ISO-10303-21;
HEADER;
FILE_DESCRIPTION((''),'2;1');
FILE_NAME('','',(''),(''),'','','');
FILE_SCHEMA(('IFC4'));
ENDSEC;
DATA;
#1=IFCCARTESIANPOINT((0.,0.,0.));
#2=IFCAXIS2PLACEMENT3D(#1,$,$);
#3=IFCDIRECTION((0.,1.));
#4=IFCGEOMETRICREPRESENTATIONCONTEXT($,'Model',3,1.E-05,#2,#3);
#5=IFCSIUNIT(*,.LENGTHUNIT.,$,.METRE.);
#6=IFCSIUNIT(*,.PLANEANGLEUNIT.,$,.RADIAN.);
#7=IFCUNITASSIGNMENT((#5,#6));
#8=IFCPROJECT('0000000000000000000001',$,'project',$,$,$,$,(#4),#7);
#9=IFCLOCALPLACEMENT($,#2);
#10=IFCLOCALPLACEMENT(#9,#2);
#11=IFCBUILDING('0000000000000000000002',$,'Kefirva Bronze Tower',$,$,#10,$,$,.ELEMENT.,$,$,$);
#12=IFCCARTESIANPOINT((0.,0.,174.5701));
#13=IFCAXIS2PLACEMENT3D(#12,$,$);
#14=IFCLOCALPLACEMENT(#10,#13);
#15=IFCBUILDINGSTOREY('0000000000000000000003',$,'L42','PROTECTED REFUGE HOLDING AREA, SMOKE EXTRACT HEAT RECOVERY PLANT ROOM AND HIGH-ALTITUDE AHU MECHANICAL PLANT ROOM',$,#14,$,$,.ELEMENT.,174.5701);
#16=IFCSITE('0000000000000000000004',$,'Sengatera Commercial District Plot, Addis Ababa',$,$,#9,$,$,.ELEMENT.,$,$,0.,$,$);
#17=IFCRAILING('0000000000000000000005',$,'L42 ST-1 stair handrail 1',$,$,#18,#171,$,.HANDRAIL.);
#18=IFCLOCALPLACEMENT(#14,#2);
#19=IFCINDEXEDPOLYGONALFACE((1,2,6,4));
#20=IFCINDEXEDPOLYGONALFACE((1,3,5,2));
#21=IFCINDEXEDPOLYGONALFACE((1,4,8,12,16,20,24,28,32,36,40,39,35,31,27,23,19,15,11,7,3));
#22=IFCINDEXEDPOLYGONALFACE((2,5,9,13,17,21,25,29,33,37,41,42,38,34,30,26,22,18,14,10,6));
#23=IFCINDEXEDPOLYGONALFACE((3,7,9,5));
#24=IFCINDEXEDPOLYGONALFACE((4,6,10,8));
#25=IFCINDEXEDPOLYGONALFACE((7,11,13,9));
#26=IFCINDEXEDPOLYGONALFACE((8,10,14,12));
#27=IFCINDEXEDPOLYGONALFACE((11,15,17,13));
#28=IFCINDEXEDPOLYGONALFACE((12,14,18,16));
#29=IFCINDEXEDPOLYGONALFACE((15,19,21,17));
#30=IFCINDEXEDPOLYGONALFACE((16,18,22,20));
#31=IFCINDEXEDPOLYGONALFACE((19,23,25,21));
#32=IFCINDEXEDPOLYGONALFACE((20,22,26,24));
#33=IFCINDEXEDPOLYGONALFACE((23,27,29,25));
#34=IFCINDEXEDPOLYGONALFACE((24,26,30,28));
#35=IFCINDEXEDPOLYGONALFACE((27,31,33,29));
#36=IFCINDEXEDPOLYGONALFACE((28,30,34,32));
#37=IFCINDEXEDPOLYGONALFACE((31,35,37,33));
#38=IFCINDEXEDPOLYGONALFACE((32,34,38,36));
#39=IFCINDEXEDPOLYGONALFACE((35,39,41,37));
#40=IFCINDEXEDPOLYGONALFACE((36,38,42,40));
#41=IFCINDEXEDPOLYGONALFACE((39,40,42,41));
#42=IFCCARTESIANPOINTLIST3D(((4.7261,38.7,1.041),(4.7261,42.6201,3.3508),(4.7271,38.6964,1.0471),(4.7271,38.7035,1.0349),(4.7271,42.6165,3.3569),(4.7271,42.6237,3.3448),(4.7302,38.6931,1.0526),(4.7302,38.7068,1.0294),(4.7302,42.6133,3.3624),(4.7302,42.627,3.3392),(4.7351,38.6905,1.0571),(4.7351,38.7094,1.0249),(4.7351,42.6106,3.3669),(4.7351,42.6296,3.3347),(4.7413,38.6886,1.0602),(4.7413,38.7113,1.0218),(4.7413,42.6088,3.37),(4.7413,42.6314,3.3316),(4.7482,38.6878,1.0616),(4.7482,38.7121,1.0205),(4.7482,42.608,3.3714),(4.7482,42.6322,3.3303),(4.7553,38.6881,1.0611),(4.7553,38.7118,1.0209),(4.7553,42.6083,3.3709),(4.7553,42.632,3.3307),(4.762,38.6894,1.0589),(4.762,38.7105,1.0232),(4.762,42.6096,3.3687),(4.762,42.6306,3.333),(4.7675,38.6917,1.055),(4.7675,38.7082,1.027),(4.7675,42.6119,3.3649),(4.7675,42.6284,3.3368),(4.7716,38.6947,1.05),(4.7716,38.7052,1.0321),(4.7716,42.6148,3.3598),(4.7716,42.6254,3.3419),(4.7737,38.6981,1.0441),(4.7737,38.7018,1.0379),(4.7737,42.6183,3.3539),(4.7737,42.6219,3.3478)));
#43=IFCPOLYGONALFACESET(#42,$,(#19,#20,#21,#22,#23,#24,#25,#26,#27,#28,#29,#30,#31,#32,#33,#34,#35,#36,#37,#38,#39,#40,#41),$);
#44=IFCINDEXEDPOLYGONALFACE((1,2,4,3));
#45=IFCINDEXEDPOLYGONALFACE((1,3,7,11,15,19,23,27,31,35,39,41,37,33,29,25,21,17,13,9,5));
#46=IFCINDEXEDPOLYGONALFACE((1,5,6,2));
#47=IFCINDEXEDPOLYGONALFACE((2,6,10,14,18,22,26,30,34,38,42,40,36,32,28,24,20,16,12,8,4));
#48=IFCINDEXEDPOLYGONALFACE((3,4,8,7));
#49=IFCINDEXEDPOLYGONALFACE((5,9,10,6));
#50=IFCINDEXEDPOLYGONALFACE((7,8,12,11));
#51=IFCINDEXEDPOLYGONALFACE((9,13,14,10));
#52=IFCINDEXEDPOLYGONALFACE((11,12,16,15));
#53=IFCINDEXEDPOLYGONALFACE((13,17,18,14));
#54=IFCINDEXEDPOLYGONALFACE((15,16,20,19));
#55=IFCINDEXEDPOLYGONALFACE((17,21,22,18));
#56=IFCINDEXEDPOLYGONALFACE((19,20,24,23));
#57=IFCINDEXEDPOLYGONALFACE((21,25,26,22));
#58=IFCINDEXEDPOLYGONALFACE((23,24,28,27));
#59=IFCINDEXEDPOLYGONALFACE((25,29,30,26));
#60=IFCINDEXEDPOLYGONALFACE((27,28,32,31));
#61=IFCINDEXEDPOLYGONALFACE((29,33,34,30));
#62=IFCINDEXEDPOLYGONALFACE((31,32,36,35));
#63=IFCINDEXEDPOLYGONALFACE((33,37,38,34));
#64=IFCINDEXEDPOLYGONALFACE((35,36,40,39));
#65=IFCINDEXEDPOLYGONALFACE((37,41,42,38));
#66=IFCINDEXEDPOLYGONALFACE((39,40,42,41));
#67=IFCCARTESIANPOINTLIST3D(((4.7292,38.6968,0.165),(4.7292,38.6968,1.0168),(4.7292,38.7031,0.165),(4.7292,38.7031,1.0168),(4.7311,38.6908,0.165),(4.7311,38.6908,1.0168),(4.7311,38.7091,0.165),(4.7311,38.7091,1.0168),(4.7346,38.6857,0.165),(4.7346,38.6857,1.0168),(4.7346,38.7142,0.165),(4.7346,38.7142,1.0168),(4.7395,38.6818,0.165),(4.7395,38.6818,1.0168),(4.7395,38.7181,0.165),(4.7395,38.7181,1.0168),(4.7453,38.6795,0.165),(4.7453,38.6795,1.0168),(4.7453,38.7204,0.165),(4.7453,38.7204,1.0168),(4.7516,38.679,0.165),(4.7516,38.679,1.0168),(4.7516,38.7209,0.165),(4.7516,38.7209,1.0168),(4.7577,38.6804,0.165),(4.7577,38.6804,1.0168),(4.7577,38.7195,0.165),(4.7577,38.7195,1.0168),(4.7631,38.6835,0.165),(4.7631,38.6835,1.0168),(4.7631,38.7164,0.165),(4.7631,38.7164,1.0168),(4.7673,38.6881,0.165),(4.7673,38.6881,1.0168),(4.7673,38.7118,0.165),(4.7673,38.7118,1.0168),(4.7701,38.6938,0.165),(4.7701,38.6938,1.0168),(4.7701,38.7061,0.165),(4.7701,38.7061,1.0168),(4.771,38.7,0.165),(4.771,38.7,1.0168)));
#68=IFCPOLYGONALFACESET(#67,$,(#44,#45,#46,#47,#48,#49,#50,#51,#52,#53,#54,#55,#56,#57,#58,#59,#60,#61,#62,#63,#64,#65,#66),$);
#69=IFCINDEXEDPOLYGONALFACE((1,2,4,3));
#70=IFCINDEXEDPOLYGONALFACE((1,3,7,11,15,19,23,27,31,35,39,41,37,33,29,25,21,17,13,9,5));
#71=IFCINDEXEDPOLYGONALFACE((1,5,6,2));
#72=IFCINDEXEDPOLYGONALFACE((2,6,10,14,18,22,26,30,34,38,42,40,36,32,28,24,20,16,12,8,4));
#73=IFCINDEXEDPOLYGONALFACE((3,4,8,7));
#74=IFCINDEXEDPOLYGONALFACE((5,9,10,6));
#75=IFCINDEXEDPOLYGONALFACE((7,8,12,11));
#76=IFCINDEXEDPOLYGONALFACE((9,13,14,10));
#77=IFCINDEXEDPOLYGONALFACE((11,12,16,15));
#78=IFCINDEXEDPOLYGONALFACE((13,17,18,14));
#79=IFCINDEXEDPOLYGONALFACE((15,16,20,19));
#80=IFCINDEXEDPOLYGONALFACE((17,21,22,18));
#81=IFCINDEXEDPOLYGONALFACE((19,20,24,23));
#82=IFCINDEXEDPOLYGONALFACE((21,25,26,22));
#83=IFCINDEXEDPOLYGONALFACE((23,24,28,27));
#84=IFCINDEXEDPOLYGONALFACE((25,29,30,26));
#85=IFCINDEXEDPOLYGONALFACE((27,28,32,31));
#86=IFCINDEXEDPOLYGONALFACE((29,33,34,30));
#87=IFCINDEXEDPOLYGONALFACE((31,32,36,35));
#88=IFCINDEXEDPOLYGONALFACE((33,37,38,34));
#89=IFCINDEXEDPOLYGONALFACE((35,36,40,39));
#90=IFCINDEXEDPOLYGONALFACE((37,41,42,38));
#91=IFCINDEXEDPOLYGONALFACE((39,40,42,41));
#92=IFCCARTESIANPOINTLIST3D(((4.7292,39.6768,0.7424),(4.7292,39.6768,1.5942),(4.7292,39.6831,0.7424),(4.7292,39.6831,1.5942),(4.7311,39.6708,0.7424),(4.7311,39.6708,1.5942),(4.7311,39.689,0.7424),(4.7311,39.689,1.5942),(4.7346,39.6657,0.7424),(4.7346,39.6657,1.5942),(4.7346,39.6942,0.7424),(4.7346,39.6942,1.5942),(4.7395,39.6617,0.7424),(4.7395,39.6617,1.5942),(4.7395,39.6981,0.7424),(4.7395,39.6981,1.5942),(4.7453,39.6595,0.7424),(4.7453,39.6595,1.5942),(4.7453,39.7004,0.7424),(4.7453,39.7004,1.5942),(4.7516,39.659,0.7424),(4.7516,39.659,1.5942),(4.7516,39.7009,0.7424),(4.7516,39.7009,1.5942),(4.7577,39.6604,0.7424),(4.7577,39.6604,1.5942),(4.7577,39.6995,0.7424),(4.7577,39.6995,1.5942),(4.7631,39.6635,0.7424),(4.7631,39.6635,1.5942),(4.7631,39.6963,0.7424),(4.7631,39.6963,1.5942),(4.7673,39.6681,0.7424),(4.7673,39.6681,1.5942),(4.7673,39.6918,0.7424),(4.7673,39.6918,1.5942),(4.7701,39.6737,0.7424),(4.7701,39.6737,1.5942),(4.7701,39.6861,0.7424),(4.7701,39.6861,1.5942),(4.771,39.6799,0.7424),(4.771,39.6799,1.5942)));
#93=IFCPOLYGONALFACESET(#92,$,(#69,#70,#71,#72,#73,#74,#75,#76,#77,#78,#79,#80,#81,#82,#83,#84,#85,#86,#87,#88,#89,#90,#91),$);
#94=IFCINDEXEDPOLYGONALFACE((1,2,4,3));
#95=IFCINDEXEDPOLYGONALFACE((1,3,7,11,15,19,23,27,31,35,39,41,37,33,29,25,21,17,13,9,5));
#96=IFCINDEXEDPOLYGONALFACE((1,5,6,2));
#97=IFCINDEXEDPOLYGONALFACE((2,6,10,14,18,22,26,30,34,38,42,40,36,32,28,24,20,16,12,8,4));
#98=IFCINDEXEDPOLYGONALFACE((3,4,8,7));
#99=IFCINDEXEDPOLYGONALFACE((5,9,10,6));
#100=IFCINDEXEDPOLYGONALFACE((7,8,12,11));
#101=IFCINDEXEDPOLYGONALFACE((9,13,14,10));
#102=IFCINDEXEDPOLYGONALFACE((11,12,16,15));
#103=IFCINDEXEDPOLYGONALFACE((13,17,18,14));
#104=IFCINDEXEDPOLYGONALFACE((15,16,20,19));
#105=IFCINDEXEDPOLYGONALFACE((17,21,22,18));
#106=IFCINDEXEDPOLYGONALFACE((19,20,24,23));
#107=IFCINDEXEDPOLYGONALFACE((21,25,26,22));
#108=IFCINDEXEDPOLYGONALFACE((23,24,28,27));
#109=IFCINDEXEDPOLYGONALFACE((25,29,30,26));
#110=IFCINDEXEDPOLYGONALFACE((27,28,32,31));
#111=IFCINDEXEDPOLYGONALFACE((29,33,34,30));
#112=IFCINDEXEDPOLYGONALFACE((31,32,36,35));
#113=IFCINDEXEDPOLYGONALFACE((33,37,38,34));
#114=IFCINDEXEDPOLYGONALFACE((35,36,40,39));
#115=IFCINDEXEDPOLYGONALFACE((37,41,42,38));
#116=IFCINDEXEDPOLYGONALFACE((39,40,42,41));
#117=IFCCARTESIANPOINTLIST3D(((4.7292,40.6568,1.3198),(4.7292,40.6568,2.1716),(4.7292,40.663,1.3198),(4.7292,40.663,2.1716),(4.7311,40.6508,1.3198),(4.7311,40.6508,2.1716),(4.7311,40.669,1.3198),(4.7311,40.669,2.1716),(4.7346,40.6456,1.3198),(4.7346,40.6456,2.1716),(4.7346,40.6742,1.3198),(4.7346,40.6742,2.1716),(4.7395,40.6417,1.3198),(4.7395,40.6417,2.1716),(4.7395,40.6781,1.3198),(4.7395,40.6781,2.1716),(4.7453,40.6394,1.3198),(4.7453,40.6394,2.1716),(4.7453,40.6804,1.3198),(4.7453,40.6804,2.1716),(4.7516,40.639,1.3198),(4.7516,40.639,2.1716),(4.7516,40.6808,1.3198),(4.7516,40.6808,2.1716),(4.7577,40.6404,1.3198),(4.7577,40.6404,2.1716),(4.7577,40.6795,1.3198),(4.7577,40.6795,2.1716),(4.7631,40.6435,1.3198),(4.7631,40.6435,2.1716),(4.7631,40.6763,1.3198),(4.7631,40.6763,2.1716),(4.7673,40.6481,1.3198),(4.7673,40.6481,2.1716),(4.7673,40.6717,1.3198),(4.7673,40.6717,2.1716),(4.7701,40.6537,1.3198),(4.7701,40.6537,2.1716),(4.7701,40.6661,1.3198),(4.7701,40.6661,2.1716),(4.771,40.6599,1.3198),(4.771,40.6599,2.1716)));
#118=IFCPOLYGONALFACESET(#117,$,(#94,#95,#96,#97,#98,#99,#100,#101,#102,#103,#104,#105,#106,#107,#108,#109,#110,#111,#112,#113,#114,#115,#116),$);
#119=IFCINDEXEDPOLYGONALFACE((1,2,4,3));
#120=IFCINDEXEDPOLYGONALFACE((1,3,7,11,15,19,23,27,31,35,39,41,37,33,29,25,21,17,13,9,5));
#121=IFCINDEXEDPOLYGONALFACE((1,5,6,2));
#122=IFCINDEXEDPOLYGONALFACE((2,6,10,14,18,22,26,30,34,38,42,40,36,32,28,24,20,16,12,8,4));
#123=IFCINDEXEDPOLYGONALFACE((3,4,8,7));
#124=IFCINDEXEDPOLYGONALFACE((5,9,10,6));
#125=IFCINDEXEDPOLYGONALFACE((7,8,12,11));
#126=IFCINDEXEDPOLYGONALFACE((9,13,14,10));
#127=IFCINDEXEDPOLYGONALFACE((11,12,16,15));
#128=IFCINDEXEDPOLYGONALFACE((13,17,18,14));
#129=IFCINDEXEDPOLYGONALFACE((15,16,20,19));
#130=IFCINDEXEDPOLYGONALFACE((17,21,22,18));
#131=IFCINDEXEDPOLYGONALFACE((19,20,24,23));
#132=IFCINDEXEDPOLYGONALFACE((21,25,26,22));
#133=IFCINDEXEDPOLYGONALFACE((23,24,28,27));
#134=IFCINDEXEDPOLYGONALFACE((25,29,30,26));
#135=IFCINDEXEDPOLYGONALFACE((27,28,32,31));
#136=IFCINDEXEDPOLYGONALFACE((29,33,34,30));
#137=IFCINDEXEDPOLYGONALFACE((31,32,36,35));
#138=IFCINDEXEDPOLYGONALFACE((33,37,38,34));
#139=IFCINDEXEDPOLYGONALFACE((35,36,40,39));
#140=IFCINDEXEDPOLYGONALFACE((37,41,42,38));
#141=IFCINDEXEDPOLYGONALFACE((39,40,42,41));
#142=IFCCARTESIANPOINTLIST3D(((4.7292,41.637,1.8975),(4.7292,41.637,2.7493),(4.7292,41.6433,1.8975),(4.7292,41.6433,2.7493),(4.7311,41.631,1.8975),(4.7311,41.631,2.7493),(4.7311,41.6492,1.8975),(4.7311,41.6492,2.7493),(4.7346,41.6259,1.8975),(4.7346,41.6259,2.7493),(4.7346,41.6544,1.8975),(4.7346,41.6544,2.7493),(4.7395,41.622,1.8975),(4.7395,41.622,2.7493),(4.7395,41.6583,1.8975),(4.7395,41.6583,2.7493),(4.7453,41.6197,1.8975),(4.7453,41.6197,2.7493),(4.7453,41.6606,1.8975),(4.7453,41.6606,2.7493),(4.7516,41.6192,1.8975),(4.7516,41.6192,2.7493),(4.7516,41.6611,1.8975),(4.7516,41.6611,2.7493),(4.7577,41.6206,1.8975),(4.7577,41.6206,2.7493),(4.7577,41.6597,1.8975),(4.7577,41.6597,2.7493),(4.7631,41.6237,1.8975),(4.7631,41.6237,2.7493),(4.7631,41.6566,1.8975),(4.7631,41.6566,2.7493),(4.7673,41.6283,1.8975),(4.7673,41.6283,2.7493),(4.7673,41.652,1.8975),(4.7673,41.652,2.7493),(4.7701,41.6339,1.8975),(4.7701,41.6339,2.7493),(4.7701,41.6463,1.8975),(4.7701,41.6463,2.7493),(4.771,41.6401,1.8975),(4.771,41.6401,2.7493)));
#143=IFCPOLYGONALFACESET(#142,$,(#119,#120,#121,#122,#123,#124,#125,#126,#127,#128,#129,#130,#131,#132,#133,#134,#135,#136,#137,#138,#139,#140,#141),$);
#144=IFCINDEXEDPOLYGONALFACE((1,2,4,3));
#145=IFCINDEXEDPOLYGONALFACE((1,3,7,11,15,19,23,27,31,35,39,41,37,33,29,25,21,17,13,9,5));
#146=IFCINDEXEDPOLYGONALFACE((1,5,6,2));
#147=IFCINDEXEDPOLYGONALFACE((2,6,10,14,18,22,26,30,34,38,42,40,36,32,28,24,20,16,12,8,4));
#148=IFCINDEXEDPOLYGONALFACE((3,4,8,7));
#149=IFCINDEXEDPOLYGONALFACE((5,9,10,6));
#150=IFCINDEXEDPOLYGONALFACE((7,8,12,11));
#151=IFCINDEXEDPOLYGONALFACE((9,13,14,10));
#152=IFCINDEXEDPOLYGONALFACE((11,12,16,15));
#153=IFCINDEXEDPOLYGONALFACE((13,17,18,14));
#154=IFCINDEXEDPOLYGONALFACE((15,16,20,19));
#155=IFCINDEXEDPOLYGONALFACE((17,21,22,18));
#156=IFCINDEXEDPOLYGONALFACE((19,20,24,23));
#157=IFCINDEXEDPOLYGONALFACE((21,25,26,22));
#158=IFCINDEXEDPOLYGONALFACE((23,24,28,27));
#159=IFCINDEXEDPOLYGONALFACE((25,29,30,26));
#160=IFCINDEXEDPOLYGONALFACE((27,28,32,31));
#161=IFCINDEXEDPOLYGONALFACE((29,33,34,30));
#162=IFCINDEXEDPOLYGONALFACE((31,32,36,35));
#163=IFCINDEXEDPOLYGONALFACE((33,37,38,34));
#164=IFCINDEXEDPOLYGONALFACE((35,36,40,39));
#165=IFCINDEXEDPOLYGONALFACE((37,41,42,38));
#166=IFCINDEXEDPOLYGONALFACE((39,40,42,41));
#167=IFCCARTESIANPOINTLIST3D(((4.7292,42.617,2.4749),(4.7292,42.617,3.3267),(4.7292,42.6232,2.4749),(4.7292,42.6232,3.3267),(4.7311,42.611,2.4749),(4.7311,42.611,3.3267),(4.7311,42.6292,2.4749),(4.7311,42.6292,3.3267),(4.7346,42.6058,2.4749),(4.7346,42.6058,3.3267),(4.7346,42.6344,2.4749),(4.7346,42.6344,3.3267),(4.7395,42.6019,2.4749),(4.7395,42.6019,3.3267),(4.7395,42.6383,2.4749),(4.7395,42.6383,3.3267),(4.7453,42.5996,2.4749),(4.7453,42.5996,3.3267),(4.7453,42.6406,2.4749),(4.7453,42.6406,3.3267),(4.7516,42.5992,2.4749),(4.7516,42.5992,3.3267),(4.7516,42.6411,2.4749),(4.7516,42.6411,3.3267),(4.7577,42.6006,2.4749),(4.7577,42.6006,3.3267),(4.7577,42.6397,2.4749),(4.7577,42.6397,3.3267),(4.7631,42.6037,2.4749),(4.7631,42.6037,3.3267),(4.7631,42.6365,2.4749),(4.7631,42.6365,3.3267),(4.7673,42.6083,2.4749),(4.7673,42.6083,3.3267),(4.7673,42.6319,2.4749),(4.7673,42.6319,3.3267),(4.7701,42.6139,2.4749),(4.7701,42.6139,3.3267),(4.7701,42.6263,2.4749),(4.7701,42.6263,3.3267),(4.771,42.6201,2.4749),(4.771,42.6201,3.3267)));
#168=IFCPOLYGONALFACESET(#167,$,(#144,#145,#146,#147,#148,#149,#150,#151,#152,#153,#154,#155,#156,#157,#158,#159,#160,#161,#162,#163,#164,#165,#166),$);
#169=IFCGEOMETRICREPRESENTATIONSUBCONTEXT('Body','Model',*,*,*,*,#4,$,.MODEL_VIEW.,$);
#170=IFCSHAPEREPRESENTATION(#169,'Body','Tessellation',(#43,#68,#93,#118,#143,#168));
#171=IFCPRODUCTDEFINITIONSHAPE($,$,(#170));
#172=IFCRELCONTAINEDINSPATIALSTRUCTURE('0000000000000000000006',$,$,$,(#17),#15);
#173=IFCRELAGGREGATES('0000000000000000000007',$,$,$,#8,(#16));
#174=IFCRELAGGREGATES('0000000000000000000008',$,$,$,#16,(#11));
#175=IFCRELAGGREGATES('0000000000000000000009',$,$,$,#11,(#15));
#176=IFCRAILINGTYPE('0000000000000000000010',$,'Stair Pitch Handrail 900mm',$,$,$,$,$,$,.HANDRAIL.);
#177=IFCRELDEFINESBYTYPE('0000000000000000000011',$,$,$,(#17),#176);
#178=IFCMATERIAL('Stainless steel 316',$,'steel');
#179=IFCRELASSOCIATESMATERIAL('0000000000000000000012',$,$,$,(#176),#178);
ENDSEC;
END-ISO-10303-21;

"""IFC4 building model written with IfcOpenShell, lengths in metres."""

from ifc_helpers import new_model, si_unit, direction, frame, origin, origin_2d, place, context, subcontext, project, spatial, circle, extrude, material, type_object, element, save


model = new_model("IFC4")

# Units and contexts
model_context = context("Model", 3, precision=1e-05, world=origin(), true_north=direction((0.0, 1.0)))
body_context = subcontext(model_context, "Body", "Model", "MODEL_VIEW")
ifc_project = project(units=[si_unit("LENGTHUNIT", "METRE"), si_unit("PLANEANGLEUNIT", "RADIAN")], contexts=[model_context])

# Site, building, storey
site_placement = place(None, origin())
site = spatial("IfcSite", under=ifc_project, at=site_placement, Name="Sengatera Commercial District Plot, Addis Ababa", CompositionType="ELEMENT", RefElevation=0.0)
building_placement = place(site_placement, origin())
building = spatial("IfcBuilding", under=site, at=building_placement, Name="Kefirva Bronze Tower", CompositionType="ELEMENT")
storey_placement = place(building_placement, frame((0.0, 0.0, 174.5701)))
storey = spatial("IfcBuildingStorey", under=building, at=storey_placement, Name="L42", Description="PROTECTED REFUGE HOLDING AREA, SMOKE EXTRACT HEAT RECOVERY PLANT ROOM AND HIGH-ALTITUDE AHU MECHANICAL PLANT ROOM", CompositionType="ELEMENT", Elevation=174.5701)

# Railing
ifc_material_1 = material(Name="Stainless steel 316", Category="steel")
railing_type_1 = type_object("IfcRailingType", Name="Stair Pitch Handrail 900mm", PredefinedType="HANDRAIL", material=ifc_material_1)
railing_1_placement = place(storey_placement, frame((4.75, 38.7, 0.165)))
element("IfcRailing", 1, at=railing_1_placement, inside=storey, type_object=railing_type_1, Name="L42 ST-1 stair handrail 1", PredefinedType="HANDRAIL", context=body_context, shape_type="SweptSolid", body=[
    extrude(circle(Radius=0.0239, at=origin_2d()), frame((0.0, 0.0, 0.876), z_axis=(0.0, 0.861566, 0.507646), x_axis=(-1.0, 0.0, 0.0)), (0.0, 0.0, 1.0), 4.55),
    extrude(circle(Radius=0.021, at=origin_2d()), origin(), (0.0, 0.0, 1.0), 0.8518),
    extrude(circle(Radius=0.021, at=origin_2d()), frame((0.0, 0.98, 0.5774)), (0.0, 0.0, 1.0), 0.8518),
    extrude(circle(Radius=0.021, at=origin_2d()), frame((0.0, 1.96, 1.1548)), (0.0, 0.0, 1.0), 0.8518),
    extrude(circle(Radius=0.021, at=origin_2d()), frame((0.0, 2.9402, 1.7324)), (0.0, 0.0, 1.0), 0.8518),
    extrude(circle(Radius=0.021, at=origin_2d()), frame((0.0, 3.9202, 2.3098)), (0.0, 0.0, 1.0), 0.8518),
])

save(model, "model.ifc")
